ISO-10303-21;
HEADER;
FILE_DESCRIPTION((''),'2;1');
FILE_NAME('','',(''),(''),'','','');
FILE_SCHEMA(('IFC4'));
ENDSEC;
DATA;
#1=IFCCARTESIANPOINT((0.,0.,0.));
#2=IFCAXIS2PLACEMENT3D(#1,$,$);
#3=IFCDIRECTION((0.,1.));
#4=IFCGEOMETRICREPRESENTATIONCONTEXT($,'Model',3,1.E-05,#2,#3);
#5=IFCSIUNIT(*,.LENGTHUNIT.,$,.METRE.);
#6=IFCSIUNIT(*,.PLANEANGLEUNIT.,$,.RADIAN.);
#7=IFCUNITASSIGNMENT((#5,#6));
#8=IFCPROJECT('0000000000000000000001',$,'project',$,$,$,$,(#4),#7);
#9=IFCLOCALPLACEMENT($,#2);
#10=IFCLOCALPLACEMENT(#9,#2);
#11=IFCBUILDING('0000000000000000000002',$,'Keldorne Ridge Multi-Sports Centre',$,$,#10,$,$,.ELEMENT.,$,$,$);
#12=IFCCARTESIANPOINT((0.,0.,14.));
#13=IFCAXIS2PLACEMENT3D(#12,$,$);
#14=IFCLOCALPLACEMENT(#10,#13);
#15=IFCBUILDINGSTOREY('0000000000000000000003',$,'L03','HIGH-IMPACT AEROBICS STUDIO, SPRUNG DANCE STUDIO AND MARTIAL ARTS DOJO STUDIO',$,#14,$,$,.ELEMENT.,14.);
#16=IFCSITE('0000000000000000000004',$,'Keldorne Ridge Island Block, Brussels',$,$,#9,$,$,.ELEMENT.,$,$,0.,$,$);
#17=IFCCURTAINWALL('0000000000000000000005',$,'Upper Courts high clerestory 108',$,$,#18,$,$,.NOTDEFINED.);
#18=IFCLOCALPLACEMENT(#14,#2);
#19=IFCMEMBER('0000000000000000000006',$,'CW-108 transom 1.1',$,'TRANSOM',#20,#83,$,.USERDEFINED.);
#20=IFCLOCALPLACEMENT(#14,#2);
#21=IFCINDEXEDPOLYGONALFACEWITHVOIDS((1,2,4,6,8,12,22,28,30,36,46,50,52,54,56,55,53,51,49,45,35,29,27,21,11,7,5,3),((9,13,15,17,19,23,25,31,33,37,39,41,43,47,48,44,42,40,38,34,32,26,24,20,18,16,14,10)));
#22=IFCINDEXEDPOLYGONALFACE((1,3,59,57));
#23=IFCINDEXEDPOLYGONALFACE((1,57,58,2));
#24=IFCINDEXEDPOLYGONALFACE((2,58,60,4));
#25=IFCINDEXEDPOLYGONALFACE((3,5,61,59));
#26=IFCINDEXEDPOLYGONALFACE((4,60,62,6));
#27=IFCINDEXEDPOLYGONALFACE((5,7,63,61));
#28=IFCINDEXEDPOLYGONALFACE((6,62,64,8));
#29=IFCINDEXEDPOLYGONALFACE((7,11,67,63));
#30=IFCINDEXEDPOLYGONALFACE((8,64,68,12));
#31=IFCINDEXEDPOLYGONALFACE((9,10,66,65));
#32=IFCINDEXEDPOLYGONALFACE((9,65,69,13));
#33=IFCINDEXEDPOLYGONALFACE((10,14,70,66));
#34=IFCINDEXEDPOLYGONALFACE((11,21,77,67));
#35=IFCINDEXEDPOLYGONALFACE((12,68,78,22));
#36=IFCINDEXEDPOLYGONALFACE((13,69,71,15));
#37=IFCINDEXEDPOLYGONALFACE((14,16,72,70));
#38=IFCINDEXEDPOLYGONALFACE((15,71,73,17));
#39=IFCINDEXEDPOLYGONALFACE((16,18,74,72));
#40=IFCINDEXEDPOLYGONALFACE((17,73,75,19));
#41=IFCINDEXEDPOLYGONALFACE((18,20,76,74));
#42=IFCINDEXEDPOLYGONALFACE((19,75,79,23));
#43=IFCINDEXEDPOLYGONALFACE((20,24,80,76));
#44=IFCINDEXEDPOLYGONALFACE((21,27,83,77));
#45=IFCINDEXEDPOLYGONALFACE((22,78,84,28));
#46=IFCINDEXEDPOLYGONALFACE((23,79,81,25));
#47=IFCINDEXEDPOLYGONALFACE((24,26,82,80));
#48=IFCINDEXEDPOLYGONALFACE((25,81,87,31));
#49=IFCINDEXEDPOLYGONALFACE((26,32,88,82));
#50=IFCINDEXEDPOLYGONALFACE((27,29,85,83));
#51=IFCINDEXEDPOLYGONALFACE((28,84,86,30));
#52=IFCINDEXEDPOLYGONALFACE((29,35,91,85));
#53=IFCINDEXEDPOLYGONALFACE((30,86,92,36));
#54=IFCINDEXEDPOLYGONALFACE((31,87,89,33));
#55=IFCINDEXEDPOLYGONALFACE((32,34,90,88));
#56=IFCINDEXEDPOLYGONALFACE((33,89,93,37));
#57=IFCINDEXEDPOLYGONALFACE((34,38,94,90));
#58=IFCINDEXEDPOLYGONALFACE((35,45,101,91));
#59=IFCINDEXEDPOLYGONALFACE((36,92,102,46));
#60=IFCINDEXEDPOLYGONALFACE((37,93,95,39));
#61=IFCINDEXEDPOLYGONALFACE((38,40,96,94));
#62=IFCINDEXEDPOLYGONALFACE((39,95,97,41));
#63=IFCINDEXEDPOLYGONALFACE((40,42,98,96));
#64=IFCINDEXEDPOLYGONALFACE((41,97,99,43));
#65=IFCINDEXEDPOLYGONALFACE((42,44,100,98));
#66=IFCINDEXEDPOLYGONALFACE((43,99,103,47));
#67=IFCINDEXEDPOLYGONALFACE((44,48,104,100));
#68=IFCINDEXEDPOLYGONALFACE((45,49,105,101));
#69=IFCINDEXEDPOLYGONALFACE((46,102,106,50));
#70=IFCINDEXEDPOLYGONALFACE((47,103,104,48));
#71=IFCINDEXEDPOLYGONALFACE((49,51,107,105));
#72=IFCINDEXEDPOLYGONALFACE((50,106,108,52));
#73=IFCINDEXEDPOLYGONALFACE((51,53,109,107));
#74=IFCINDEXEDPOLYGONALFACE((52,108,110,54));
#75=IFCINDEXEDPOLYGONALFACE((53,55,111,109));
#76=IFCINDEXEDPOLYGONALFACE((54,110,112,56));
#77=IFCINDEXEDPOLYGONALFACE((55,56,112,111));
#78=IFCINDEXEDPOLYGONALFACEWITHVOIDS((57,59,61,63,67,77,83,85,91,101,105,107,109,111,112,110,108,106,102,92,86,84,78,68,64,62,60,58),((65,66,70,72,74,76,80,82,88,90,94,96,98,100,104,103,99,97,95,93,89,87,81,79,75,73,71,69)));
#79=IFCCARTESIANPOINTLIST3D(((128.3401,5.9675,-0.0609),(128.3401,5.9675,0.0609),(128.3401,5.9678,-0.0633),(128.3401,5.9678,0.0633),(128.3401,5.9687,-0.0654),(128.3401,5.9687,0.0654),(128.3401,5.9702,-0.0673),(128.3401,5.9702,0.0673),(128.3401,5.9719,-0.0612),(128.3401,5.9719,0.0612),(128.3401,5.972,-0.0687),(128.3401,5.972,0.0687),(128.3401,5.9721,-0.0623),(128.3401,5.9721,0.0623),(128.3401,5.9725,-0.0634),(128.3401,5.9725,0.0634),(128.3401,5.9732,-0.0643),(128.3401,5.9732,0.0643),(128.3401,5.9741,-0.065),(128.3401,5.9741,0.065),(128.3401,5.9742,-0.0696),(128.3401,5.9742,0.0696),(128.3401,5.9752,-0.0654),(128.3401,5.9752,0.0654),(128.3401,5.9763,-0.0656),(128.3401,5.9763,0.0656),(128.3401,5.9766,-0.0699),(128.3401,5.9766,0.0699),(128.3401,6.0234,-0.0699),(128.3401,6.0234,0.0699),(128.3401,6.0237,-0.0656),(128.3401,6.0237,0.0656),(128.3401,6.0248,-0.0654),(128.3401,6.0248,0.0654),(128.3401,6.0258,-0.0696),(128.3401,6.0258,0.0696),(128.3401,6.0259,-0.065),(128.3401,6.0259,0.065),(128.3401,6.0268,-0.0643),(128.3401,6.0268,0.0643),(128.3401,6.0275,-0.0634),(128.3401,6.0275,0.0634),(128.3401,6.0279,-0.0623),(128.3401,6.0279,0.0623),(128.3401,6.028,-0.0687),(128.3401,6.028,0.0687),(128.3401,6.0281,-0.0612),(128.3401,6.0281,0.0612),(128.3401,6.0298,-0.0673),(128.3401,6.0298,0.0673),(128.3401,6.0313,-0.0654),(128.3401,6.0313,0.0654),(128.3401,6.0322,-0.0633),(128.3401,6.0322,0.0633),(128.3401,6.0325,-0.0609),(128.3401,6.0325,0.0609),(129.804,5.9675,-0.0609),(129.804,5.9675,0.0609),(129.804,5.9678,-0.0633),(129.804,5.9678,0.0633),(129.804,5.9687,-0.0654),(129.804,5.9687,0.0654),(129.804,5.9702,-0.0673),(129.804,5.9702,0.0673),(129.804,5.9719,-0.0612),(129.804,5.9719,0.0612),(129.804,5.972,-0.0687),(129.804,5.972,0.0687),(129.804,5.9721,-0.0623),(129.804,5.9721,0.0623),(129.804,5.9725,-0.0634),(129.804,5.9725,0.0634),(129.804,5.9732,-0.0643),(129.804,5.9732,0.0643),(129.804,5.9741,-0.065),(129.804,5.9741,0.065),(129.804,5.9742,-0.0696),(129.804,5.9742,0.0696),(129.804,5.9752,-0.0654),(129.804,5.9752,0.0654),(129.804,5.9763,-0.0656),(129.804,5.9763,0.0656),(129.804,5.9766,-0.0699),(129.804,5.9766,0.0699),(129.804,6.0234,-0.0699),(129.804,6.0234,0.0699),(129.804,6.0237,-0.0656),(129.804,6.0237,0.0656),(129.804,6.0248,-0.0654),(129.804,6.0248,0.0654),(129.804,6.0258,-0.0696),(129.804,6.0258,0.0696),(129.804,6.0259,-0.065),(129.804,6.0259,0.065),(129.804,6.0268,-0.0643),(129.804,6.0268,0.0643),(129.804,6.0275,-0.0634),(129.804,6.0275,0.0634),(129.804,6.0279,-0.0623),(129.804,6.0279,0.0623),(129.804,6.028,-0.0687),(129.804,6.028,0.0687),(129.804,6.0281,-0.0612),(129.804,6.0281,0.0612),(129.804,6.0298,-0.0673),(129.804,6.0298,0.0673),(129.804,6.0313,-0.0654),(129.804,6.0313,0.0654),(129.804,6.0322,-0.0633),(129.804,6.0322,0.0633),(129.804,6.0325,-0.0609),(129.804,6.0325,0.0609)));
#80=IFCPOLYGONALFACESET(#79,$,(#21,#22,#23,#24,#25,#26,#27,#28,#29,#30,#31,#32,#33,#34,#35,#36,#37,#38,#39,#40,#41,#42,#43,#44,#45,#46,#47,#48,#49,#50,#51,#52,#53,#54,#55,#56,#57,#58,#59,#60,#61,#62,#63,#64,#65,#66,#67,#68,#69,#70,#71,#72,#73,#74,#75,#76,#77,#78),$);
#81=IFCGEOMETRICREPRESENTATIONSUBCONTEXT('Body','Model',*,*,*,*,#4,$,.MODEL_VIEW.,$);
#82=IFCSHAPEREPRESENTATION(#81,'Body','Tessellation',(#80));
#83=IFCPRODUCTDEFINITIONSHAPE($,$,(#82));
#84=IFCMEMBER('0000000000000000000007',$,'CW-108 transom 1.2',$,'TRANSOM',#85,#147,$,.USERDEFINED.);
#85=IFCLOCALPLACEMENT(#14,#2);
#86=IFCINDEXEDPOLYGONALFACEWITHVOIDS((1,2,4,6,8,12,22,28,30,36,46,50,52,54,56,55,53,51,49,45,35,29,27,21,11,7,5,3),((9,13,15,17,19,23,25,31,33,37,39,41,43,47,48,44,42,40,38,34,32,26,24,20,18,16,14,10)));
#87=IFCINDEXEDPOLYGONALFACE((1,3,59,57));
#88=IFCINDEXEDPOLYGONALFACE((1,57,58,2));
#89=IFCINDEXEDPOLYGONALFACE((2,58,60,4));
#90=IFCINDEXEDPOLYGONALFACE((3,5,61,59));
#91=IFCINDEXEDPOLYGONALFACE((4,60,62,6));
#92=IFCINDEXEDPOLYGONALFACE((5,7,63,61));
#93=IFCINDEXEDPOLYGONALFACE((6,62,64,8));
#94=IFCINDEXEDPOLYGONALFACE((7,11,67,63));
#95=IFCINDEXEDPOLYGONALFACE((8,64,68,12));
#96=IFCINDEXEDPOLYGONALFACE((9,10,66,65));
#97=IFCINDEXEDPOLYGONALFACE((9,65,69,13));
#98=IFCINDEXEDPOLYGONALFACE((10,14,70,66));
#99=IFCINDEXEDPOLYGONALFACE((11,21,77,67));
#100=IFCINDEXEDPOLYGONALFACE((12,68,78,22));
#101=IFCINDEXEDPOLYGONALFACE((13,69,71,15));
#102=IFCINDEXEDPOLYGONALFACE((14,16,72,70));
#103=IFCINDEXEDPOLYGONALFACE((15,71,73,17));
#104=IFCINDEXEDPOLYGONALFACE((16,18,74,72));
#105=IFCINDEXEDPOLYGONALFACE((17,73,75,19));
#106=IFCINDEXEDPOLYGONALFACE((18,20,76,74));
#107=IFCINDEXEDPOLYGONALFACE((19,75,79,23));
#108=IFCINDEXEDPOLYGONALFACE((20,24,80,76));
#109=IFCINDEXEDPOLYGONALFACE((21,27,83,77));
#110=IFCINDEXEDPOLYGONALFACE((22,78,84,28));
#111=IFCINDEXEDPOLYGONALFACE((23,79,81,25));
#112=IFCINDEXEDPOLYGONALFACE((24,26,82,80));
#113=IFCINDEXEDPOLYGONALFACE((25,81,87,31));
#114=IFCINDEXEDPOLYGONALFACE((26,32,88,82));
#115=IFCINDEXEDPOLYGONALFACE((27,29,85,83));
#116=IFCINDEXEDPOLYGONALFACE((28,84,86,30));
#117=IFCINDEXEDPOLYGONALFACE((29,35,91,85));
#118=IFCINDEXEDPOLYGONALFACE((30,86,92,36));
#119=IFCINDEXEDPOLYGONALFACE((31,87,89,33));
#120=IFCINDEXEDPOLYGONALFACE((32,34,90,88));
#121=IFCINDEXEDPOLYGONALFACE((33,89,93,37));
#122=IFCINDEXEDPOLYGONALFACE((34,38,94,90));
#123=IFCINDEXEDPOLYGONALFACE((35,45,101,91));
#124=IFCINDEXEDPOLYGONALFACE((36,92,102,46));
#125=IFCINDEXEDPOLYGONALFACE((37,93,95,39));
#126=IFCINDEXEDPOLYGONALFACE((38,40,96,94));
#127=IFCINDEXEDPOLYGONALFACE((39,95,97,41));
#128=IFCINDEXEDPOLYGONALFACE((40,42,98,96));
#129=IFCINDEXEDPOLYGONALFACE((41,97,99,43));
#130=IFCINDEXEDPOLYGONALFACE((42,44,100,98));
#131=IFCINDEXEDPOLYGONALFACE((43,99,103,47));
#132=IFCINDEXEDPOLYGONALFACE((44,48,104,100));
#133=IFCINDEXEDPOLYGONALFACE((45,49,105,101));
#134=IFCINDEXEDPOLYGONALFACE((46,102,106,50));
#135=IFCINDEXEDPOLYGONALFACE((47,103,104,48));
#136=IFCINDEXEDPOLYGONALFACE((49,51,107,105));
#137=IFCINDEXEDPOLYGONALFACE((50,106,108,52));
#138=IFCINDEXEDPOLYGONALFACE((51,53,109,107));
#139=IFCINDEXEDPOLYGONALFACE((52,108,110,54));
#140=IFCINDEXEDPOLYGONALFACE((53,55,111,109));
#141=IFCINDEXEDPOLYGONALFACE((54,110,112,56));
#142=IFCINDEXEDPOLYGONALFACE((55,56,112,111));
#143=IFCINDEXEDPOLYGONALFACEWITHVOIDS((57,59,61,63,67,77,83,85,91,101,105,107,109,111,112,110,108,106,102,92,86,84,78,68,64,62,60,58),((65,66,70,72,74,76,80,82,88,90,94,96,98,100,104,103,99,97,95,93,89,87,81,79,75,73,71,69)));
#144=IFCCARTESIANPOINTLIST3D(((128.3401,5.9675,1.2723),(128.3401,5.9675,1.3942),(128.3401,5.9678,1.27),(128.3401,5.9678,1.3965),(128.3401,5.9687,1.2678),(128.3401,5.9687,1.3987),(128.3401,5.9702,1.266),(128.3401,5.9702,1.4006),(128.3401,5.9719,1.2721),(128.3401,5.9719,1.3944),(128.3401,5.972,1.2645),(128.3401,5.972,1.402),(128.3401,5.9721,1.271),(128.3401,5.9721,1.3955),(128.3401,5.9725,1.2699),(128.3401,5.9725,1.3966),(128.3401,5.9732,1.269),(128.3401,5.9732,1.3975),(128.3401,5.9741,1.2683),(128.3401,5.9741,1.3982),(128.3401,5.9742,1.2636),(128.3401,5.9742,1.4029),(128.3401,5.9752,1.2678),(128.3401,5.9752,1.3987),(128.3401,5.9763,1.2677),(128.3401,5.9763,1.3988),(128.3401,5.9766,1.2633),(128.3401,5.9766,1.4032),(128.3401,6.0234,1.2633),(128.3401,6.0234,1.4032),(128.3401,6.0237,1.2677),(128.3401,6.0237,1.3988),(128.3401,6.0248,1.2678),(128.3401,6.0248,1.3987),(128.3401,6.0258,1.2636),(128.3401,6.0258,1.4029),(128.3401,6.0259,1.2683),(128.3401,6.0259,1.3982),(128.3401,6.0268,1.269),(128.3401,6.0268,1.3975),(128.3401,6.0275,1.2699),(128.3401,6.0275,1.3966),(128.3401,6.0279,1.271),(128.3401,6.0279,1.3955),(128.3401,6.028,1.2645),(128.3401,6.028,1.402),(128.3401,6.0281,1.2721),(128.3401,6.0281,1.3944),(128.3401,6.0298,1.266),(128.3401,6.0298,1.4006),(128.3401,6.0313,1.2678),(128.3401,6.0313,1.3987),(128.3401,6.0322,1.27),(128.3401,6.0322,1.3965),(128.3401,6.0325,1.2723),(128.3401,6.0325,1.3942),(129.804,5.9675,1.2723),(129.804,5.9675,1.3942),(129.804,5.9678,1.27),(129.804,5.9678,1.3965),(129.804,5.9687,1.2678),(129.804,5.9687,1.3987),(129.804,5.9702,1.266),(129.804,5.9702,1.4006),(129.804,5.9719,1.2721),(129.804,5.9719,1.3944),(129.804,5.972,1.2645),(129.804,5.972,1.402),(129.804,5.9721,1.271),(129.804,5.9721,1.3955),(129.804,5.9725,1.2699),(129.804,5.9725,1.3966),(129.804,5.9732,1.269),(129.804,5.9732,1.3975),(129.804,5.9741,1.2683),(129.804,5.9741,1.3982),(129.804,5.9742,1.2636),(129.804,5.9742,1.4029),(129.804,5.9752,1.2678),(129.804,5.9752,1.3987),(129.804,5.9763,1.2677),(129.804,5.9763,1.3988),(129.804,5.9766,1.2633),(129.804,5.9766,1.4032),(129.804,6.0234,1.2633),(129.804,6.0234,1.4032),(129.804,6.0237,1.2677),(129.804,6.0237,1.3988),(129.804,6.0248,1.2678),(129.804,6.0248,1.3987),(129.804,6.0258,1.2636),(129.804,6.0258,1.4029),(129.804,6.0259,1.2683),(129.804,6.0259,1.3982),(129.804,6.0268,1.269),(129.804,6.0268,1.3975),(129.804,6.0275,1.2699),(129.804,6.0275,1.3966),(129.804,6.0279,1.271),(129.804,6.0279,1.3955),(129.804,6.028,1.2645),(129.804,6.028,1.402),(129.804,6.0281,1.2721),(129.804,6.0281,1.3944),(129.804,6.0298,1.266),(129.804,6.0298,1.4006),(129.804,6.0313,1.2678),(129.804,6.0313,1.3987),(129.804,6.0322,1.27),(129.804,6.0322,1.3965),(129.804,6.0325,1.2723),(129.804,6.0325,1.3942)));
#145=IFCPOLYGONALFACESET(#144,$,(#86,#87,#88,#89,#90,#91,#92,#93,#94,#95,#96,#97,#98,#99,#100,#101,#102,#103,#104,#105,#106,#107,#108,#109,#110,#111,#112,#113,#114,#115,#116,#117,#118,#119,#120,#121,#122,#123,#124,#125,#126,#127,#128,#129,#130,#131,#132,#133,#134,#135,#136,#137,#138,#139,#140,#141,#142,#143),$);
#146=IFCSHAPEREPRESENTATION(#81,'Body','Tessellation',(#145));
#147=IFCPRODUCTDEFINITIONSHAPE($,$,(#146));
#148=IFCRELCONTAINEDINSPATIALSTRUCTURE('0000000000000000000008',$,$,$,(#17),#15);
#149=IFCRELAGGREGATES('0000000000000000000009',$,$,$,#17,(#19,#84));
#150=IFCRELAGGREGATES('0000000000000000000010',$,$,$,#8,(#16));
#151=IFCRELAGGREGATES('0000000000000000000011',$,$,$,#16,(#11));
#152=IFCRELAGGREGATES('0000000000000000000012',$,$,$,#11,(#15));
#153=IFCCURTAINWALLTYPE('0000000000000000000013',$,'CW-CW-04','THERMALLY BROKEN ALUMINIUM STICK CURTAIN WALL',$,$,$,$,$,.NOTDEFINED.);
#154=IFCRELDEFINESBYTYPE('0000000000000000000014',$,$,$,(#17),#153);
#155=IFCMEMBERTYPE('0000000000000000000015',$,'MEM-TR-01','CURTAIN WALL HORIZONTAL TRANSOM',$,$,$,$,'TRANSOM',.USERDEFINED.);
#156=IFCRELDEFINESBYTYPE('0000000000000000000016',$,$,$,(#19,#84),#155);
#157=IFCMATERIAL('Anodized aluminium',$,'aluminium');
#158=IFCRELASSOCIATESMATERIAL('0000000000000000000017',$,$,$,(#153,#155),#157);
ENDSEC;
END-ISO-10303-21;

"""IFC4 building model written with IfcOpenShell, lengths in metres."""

from ifc_helpers import new_model, si_unit, direction, frame, origin, origin_2d, place, context, subcontext, project, spatial, hollow_rectangle, extrude, material, material_profile, profile_set, type_object, element, aggregate, save


model = new_model("IFC4")

# Units and contexts
model_context = context("Model", 3, precision=1e-05, world=origin(), true_north=direction((0.0, 1.0)))
body_context = subcontext(model_context, "Body", "Model", "MODEL_VIEW")
ifc_project = project(units=[si_unit("LENGTHUNIT", "METRE"), si_unit("PLANEANGLEUNIT", "RADIAN")], contexts=[model_context])

# Site, building, storey
site_placement = place(None, origin())
site = spatial("IfcSite", under=ifc_project, at=site_placement, Name="Keldorne Ridge Island Block, Brussels", CompositionType="ELEMENT", RefElevation=0.0)
building_placement = place(site_placement, origin())
building = spatial("IfcBuilding", under=site, at=building_placement, Name="Keldorne Ridge Multi-Sports Centre", CompositionType="ELEMENT")
storey_placement = place(building_placement, frame((0.0, 0.0, 14.0)))
storey = spatial("IfcBuildingStorey", under=building, at=storey_placement, Name="L03", Description="HIGH-IMPACT AEROBICS STUDIO, SPRUNG DANCE STUDIO AND MARTIAL ARTS DOJO STUDIO", CompositionType="ELEMENT", Elevation=14.0)

# Curtain wall
ifc_material_1 = material(Name="Anodized aluminium", Category="aluminium")
curtain_wall_type_1 = type_object("IfcCurtainWallType", Name="CW-CW-04", Description="THERMALLY BROKEN ALUMINIUM STICK CURTAIN WALL", PredefinedType="NOTDEFINED", material=ifc_material_1)
curtain_wall_1_placement = place(storey_placement, origin())
curtain_wall_1 = element("IfcCurtainWall", 1, at=curtain_wall_1_placement, inside=storey, type_object=curtain_wall_type_1, Name="Upper Courts high clerestory 108", PredefinedType="NOTDEFINED")

# Members
ifc_material_profile_1 = material_profile(ifc_material_1, hollow_rectangle(XDim=0.0649, YDim=0.1399, WallThickness=0.0044, InnerFilletRadius=0.0044, OuterFilletRadius=0.009, at=origin_2d()), Name="ALU TRANSOM 140x65x4.5")
ifc_profile_set_1 = profile_set([ifc_material_profile_1], Name="Anodized aluminium")
member_type_1 = type_object("IfcMemberType", Name="MEM-TR-01", Description="CURTAIN WALL HORIZONTAL TRANSOM", ElementType="TRANSOM", PredefinedType="USERDEFINED", material=ifc_profile_set_1)
member_1_placement = place(storey_placement, frame((128.3401, 6.0, 0.0), z_axis=(1.0, 0.0, 0.0), x_axis=(0.0, 1.0, 0.0)))
member_1 = element("IfcMember", 2, at=member_1_placement, type_object=member_type_1, Name="CW-108 transom 1.1", ObjectType="TRANSOM", PredefinedType="USERDEFINED", context=body_context, shape_type="SweptSolid", body=[
    extrude(hollow_rectangle(XDim=0.0649, YDim=0.1399, WallThickness=0.0044, InnerFilletRadius=0.0044, OuterFilletRadius=0.009, at=origin_2d()), origin(), (0.0, 0.0, 1.0), 1.4639),
])
member_2_placement = place(storey_placement, frame((128.3401, 6.0, 1.3333), z_axis=(1.0, 0.0, 0.0), x_axis=(0.0, 1.0, 0.0)))
member_2 = element("IfcMember", 3, at=member_2_placement, type_object=member_type_1, Name="CW-108 transom 1.2", ObjectType="TRANSOM", PredefinedType="USERDEFINED", context=body_context, shape_type="SweptSolid", body=[
    extrude(hollow_rectangle(XDim=0.0649, YDim=0.1399, WallThickness=0.0044, InnerFilletRadius=0.0044, OuterFilletRadius=0.009, at=origin_2d()), origin(), (0.0, 0.0, 1.0), 1.4639),
])

aggregate(curtain_wall_1, [member_1, member_2])

save(model, "model.ifc")
